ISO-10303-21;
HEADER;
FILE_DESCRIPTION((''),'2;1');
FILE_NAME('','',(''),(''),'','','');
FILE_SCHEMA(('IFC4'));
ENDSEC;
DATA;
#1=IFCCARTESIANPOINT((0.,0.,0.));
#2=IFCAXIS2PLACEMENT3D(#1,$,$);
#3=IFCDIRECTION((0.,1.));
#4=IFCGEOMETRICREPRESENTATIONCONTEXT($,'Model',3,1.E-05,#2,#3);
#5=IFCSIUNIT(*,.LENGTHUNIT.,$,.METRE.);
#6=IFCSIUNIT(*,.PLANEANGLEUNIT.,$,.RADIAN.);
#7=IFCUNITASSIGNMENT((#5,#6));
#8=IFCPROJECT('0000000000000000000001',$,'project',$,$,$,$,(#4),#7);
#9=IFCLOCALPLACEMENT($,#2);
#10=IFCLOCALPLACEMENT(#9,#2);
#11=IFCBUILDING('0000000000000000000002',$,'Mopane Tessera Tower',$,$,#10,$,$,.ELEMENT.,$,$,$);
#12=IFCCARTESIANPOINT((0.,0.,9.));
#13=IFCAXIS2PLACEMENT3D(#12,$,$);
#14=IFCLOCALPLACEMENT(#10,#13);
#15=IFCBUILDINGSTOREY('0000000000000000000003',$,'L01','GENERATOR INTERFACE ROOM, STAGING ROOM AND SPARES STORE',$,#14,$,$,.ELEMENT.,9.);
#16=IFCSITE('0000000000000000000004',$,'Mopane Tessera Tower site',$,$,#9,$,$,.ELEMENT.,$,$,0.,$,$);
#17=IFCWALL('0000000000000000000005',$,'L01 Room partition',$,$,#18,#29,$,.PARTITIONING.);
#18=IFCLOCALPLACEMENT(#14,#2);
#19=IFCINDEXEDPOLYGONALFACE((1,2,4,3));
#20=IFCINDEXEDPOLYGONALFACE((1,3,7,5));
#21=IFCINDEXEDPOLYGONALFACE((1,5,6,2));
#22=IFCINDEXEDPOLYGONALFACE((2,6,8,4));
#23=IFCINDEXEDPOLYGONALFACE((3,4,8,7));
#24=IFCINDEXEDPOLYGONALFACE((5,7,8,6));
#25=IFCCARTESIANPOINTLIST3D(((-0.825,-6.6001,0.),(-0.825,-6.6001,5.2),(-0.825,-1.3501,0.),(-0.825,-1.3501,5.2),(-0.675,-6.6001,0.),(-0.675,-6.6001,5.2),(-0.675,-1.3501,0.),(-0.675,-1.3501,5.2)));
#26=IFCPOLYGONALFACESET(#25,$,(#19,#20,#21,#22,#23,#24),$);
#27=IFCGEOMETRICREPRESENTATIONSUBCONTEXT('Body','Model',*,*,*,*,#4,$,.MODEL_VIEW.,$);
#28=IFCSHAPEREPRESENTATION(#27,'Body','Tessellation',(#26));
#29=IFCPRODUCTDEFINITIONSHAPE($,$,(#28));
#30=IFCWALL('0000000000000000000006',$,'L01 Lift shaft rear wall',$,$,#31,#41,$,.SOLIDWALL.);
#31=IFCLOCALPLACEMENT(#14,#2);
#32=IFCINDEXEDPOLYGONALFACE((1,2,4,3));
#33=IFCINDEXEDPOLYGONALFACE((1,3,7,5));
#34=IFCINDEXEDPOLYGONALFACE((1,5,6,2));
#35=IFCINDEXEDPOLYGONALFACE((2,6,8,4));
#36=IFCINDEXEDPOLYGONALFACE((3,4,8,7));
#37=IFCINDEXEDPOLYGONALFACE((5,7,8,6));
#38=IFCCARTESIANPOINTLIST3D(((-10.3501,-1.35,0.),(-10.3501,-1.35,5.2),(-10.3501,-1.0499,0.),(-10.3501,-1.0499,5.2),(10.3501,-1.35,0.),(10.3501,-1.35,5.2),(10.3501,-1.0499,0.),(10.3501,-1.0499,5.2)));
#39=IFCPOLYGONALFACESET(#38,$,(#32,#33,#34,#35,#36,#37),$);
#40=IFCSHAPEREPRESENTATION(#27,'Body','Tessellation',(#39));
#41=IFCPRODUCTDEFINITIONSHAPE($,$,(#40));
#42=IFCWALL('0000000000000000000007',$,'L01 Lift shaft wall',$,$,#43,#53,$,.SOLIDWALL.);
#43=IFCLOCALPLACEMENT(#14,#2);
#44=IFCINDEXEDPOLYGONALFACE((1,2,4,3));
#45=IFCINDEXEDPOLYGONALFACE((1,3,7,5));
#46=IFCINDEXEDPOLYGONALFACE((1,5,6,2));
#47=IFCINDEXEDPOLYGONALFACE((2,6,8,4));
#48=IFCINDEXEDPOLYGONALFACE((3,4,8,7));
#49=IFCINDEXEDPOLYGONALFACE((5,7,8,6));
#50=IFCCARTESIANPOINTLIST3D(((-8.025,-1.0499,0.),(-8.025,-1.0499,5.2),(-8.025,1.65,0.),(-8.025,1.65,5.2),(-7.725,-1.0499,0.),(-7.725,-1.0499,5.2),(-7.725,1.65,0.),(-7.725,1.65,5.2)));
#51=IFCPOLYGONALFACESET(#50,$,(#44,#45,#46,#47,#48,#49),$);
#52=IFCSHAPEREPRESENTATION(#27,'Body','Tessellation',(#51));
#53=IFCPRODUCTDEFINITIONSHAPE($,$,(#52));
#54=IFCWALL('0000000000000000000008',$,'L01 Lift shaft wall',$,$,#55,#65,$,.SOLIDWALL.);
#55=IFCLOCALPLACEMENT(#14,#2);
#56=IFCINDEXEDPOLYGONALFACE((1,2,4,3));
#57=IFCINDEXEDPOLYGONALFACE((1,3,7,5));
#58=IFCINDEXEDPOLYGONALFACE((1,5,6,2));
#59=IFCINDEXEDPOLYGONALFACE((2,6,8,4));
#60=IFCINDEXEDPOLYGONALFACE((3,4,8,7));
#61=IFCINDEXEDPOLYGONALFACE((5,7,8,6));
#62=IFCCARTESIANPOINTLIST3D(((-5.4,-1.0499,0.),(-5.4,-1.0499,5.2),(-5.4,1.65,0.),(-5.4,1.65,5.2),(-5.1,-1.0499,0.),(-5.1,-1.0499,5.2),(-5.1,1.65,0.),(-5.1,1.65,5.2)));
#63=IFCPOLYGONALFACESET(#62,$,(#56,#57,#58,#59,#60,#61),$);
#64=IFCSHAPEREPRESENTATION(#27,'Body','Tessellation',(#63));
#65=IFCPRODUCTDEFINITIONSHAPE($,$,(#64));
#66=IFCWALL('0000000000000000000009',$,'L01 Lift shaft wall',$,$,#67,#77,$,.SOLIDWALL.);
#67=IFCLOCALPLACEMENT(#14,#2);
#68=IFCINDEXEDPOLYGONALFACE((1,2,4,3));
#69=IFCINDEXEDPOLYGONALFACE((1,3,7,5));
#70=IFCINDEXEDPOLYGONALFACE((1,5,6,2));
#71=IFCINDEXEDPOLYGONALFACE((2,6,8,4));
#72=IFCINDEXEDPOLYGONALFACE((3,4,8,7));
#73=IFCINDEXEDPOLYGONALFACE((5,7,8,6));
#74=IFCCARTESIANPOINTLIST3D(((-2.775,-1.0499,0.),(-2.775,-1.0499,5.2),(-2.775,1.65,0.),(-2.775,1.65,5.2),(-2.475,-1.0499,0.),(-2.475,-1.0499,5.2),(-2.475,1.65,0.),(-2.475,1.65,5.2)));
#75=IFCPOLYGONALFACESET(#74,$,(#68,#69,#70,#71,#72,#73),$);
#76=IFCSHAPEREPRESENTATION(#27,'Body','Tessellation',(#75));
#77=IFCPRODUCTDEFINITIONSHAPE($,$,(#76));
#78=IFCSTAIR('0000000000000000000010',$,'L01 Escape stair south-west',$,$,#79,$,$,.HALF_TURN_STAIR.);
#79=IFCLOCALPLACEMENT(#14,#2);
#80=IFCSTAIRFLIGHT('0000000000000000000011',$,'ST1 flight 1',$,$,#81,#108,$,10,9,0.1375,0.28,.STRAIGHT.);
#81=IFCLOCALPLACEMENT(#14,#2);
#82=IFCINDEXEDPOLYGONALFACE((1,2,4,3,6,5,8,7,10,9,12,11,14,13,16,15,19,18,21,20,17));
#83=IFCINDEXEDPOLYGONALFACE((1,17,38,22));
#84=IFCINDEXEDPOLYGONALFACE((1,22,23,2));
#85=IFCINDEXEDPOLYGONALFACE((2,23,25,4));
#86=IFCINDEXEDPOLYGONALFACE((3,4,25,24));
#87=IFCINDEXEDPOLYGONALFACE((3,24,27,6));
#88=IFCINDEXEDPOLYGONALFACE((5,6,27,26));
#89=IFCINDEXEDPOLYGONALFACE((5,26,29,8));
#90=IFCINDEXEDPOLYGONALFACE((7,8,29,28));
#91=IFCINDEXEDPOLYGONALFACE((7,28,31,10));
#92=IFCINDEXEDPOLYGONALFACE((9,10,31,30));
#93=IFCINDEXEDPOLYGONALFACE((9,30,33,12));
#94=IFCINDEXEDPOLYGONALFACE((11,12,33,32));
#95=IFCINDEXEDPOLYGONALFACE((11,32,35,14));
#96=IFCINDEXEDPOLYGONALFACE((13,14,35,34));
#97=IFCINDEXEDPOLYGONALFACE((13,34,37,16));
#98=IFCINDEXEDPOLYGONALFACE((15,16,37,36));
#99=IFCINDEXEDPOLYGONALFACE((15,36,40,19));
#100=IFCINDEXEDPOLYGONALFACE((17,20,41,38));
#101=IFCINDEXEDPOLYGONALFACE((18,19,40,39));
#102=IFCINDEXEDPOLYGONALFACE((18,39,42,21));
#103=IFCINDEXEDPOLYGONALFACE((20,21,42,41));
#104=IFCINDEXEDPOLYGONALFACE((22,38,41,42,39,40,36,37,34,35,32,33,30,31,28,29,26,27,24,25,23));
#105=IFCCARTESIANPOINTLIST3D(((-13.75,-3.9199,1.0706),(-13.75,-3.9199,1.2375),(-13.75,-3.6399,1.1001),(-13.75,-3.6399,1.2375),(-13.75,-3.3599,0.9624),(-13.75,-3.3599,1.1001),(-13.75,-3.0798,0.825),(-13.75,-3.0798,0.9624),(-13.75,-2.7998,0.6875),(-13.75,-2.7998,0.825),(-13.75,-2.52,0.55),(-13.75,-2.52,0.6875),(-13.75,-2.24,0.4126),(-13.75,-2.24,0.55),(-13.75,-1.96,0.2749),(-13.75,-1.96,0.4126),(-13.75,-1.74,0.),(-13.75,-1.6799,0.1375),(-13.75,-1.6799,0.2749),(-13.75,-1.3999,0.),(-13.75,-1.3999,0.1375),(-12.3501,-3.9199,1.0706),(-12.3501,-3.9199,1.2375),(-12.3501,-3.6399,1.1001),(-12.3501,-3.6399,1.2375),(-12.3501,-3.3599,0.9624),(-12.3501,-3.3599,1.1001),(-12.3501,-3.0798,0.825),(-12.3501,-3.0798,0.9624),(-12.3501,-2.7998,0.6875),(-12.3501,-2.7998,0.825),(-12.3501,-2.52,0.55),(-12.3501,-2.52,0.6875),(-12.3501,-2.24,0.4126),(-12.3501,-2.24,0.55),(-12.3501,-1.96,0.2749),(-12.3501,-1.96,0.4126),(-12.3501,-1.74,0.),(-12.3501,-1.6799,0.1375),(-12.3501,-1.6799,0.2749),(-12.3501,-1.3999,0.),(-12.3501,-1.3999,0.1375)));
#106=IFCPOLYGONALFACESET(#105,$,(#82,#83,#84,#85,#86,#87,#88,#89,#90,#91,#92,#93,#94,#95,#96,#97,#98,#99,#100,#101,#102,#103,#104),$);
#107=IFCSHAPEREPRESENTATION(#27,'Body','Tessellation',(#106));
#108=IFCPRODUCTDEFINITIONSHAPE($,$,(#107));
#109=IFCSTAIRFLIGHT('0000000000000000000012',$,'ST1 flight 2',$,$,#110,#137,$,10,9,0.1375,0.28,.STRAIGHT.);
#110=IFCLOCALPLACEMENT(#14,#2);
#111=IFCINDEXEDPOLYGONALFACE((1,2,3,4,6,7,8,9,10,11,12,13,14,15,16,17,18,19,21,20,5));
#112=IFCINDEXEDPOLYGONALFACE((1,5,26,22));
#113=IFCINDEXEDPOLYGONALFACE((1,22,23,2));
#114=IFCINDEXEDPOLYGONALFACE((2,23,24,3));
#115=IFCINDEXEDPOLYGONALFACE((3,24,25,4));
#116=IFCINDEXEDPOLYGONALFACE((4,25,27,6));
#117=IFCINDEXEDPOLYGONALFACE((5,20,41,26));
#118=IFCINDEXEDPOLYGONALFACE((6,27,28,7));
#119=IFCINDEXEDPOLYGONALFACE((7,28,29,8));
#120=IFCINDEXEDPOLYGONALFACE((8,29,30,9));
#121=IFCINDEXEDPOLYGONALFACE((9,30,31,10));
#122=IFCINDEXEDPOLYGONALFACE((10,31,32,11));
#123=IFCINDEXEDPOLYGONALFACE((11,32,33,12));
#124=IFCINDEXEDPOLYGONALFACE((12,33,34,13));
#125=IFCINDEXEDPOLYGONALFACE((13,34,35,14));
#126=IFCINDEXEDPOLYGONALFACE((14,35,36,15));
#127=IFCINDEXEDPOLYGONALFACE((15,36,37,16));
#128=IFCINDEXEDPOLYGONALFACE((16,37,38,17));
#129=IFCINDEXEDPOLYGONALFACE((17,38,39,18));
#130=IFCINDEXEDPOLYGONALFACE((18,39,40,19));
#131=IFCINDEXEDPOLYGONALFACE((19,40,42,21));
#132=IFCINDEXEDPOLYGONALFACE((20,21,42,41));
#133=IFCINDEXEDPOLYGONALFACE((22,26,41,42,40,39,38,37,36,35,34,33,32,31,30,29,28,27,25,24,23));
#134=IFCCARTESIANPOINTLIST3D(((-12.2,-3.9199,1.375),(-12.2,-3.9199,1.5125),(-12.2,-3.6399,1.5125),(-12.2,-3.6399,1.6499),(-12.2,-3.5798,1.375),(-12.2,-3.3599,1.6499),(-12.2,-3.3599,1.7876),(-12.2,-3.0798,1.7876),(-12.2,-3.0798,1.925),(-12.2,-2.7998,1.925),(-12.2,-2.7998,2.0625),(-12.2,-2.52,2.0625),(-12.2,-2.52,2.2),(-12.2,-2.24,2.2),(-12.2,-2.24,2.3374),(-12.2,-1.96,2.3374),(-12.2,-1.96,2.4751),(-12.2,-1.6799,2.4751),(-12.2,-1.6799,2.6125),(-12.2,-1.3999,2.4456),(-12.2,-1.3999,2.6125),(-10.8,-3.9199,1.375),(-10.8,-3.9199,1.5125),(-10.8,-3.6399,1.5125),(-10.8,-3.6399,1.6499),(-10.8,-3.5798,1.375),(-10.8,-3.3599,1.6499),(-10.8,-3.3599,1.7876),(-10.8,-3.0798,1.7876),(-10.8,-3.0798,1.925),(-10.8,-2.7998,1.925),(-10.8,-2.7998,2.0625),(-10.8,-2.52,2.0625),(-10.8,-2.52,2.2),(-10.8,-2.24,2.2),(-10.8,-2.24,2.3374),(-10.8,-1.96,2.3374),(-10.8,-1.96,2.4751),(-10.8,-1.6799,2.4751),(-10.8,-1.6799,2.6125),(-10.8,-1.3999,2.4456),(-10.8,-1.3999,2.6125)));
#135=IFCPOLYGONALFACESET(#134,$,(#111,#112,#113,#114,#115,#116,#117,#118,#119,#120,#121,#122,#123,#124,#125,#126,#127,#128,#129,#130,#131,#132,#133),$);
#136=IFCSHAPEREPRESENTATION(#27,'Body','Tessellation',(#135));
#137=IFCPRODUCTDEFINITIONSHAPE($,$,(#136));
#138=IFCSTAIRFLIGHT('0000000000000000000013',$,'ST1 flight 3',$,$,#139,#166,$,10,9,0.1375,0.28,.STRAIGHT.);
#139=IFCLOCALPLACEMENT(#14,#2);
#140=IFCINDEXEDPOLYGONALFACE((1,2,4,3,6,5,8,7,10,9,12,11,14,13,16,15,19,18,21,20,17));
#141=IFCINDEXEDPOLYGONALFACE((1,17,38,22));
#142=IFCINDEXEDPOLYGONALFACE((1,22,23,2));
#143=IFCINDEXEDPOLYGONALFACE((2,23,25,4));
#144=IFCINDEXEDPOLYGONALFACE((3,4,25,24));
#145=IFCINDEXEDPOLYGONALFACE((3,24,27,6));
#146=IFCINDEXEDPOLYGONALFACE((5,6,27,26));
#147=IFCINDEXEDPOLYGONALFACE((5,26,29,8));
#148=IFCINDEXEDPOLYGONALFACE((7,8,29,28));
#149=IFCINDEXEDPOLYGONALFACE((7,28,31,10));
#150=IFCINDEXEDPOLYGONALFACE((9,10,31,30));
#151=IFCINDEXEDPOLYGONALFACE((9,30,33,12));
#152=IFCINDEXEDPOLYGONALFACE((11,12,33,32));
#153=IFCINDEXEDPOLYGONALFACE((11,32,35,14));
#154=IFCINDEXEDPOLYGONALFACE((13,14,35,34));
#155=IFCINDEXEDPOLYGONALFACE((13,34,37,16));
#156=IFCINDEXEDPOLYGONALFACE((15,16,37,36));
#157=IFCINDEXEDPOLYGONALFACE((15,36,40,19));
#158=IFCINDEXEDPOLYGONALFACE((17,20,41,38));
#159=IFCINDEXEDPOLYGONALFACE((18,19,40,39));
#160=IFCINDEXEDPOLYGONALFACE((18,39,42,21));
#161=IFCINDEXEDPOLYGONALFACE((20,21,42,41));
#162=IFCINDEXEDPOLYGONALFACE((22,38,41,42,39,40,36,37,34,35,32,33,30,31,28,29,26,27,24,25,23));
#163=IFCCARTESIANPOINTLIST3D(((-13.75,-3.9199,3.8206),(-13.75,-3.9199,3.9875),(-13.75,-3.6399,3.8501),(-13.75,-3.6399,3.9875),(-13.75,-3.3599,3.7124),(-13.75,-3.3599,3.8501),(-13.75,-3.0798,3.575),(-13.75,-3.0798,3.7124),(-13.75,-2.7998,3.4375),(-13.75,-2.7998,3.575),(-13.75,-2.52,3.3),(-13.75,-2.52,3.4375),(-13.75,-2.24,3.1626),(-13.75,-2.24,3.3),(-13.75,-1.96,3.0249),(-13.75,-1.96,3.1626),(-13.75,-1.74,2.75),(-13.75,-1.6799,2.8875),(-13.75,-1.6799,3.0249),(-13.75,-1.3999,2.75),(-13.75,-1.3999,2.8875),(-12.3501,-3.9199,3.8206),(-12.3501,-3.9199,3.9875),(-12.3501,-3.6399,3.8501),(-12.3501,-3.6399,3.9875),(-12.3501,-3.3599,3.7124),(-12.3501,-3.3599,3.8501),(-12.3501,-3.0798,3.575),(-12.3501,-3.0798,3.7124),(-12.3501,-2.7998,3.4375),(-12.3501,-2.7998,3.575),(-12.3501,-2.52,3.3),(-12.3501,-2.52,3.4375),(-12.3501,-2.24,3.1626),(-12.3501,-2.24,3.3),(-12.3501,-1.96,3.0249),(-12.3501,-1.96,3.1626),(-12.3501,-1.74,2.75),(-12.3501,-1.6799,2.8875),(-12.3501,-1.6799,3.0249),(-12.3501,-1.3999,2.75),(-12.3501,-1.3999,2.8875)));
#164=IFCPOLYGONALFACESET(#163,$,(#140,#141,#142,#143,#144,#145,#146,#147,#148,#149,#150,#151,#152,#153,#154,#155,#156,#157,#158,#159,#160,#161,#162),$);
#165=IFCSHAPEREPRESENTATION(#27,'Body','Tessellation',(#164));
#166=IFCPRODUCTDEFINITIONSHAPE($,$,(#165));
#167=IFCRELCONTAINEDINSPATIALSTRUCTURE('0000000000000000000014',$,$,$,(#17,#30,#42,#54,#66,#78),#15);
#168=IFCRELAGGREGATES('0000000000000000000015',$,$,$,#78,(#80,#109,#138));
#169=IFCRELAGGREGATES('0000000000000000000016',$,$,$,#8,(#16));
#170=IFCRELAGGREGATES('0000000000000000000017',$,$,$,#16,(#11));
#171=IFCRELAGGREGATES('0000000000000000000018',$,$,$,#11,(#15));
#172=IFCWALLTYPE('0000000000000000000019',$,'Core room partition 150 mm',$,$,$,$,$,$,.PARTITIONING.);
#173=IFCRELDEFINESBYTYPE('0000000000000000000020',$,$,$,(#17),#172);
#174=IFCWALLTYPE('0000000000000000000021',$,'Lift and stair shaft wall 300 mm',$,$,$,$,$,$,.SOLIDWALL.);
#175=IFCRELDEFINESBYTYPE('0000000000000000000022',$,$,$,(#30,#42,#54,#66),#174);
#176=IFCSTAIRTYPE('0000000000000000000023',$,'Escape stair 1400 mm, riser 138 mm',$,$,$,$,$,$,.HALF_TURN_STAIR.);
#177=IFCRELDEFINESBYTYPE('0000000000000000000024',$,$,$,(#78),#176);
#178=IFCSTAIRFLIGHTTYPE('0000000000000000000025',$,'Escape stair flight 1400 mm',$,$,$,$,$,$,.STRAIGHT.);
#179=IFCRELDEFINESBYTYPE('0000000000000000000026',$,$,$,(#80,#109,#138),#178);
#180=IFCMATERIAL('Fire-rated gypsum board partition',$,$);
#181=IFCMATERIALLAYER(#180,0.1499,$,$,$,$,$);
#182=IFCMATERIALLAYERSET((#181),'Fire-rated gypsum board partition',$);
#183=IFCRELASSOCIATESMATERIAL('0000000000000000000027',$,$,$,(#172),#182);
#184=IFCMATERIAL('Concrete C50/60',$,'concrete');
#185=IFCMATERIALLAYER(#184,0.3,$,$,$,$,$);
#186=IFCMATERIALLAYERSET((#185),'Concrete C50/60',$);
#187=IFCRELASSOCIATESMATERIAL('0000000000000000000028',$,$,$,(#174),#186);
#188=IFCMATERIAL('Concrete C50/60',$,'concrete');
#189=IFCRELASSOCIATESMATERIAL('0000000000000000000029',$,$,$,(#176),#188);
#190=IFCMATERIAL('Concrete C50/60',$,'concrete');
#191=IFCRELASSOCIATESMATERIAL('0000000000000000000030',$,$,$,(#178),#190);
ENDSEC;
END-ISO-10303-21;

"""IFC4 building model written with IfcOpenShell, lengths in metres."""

from ifc_helpers import new_model, si_unit, direction, frame, frame_2d, origin, place, context, subcontext, project, spatial, polyline, rectangle, outline, extrude, material, layer, layer_set, type_object, element, aggregate, save


model = new_model("IFC4")

# Units and contexts
model_context = context("Model", 3, precision=1e-05, world=origin(), true_north=direction((0.0, 1.0)))
body_context = subcontext(model_context, "Body", "Model", "MODEL_VIEW")
ifc_project = project(units=[si_unit("LENGTHUNIT", "METRE"), si_unit("PLANEANGLEUNIT", "RADIAN")], contexts=[model_context])

# Site, building, storey
site_placement = place(None, origin())
site = spatial("IfcSite", under=ifc_project, at=site_placement, Name="Mopane Tessera Tower site", CompositionType="ELEMENT", RefElevation=0.0)
building_placement = place(site_placement, origin())
building = spatial("IfcBuilding", under=site, at=building_placement, Name="Mopane Tessera Tower", CompositionType="ELEMENT")
storey_placement = place(building_placement, frame((0.0, 0.0, 9.0)))
storey = spatial("IfcBuildingStorey", under=building, at=storey_placement, Name="L01", Description="GENERATOR INTERFACE ROOM, STAGING ROOM AND SPARES STORE", CompositionType="ELEMENT", Elevation=9.0)

# Shared definitions
ifc_material_1 = material(Name="Fire-rated gypsum board partition")
ifc_layer_1 = layer(ifc_material_1, 0.1499)
ifc_layer_set_1 = layer_set([ifc_layer_1], Name="Fire-rated gypsum board partition")
wall_type_1 = type_object("IfcWallType", Name="Core room partition 150 mm", PredefinedType="PARTITIONING", material=ifc_layer_set_1)

# Walls
wall_1_placement = place(storey_placement, frame((-0.75, -6.6001, 0.0), z_axis=(0.0, 0.0, 1.0), x_axis=(0.0, 1.0, 0.0)))
element("IfcWall", 1, at=wall_1_placement, inside=storey, type_object=wall_type_1, Name="L01 Room partition", PredefinedType="PARTITIONING", context=body_context, shape_type="SweptSolid", body=[
    extrude(rectangle(XDim=5.25, YDim=0.1499, at=frame_2d((2.625, 0.0))), origin(), (0.0, 0.0, 1.0), 5.2),
])
ifc_material_2 = material(Name="Concrete C50/60", Category="concrete")
ifc_layer_2 = layer(ifc_material_2, 0.3)
ifc_layer_set_2 = layer_set([ifc_layer_2], Name="Concrete C50/60")
wall_type_2 = type_object("IfcWallType", Name="Lift and stair shaft wall 300 mm", PredefinedType="SOLIDWALL", material=ifc_layer_set_2)
wall_2_placement = place(storey_placement, frame((-10.3501, -1.2, 0.0), z_axis=(0.0, 0.0, 1.0), x_axis=(1.0, 0.0, 0.0)))
element("IfcWall", 2, at=wall_2_placement, inside=storey, type_object=wall_type_2, Name="L01 Lift shaft rear wall", PredefinedType="SOLIDWALL", context=body_context, shape_type="SweptSolid", body=[
    extrude(rectangle(XDim=20.7002, YDim=0.3, at=frame_2d((10.3501, 0.0))), origin(), (0.0, 0.0, 1.0), 5.2),
])
for number, where, z_axis, x_axis, name in (
    (3, (-7.875, -1.05, 0.0), (0.0, 0.0, 1.0), (0.0, 1.0, 0.0), "L01 Lift shaft wall"),
    (4, (-5.25, -1.05, 0.0), (0.0, 0.0, 1.0), (0.0, 1.0, 0.0), "L01 Lift shaft wall"),
    (5, (-2.625, -1.05, 0.0), (0.0, 0.0, 1.0), (0.0, 1.0, 0.0), "L01 Lift shaft wall"),
):
    element("IfcWall", number, at=place(storey_placement, frame(where, z_axis=z_axis, x_axis=x_axis)), inside=storey, type_object=wall_type_2, Name=name, PredefinedType="SOLIDWALL", context=body_context, shape_type="SweptSolid", body=[
        extrude(rectangle(XDim=2.7, YDim=0.3, at=frame_2d((1.3501, 0.0))), origin(), (0.0, 0.0, 1.0), 5.2),
    ])

# Stair, stair flights
ifc_material_3 = material(Name="Concrete C50/60", Category="concrete")
stair_type = type_object("IfcStairType", Name="Escape stair 1400 mm, riser 138 mm", PredefinedType="HALF_TURN_STAIR", material=ifc_material_3)
stair_placement = place(storey_placement, origin())
stair = element("IfcStair", 6, at=stair_placement, inside=storey, type_object=stair_type, Name="L01 Escape stair south-west", PredefinedType="HALF_TURN_STAIR")
ifc_material_4 = material(Name="Concrete C50/60", Category="concrete")
stair_flight_type = type_object("IfcStairFlightType", Name="Escape stair flight 1400 mm", PredefinedType="STRAIGHT", material=ifc_material_4)
stair_flight_1_placement = place(storey_placement, frame((-13.05, -1.3999, 0.0), z_axis=(0.0, 0.0, 1.0), x_axis=(0.0, -1.0, 0.0)))
stair_flight_1 = element("IfcStairFlight", 7, at=stair_flight_1_placement, type_object=stair_flight_type, Name="ST1 flight 1", NumberOfRisers=10, NumberOfTreads=9, PredefinedType="STRAIGHT", RiserHeight=0.1375, TreadLength=0.28, context=body_context, shape_type="SweptSolid", body=[
    extrude(outline(polyline([(0.0, 0.0), (0.0, 0.1375), (0.28, 0.1375), (0.28, 0.2749), (0.5601, 0.2749), (0.5601, 0.4126), (0.8401, 0.4126), (0.8401, 0.55), (1.1201, 0.55), (1.1201, 0.6875), (1.3999, 0.6875), (1.3999, 0.825), (1.6799, 0.825), (1.6799, 0.9624), (1.96, 0.9624), (1.96, 1.1001), (2.24, 1.1001), (2.24, 1.2375), (2.52, 1.2375), (2.52, 1.375), (2.52, 1.0706), (0.3401, 0.0), (0.0, 0.0)])), frame((0.0, 0.7, 0.0), z_axis=(0.0, -1.0, 0.0), x_axis=(1.0, 0.0, 0.0)), (0.0, 0.0, 1.0), 1.3999),
])
stair_flight_2_placement = place(storey_placement, frame((-11.5, -3.9199, 1.375), z_axis=(0.0, 0.0, 1.0), x_axis=(0.0, 1.0, 0.0)))
stair_flight_2 = element("IfcStairFlight", 8, at=stair_flight_2_placement, type_object=stair_flight_type, Name="ST1 flight 2", NumberOfRisers=10, NumberOfTreads=9, PredefinedType="STRAIGHT", RiserHeight=0.1375, TreadLength=0.28, context=body_context, shape_type="SweptSolid", body=[
    extrude(outline(polyline([(0.0, 0.0), (0.0, 0.1375), (0.28, 0.1375), (0.28, 0.2749), (0.5601, 0.2749), (0.5601, 0.4126), (0.8401, 0.4126), (0.8401, 0.55), (1.1201, 0.55), (1.1201, 0.6875), (1.3999, 0.6875), (1.3999, 0.825), (1.6799, 0.825), (1.6799, 0.9624), (1.96, 0.9624), (1.96, 1.1001), (2.24, 1.1001), (2.24, 1.2375), (2.52, 1.2375), (2.52, 1.375), (2.52, 1.0706), (0.3401, 0.0), (0.0, 0.0)])), frame((0.0, 0.7, 0.0), z_axis=(0.0, -1.0, 0.0), x_axis=(1.0, 0.0, 0.0)), (0.0, 0.0, 1.0), 1.3999),
])
stair_flight_3_placement = place(storey_placement, frame((-13.05, -1.3999, 2.75), z_axis=(0.0, 0.0, 1.0), x_axis=(0.0, -1.0, 0.0)))
stair_flight_3 = element("IfcStairFlight", 9, at=stair_flight_3_placement, type_object=stair_flight_type, Name="ST1 flight 3", NumberOfRisers=10, NumberOfTreads=9, PredefinedType="STRAIGHT", RiserHeight=0.1375, TreadLength=0.28, context=body_context, shape_type="SweptSolid", body=[
    extrude(outline(polyline([(0.0, 0.0), (0.0, 0.1375), (0.28, 0.1375), (0.28, 0.2749), (0.5601, 0.2749), (0.5601, 0.4126), (0.8401, 0.4126), (0.8401, 0.55), (1.1201, 0.55), (1.1201, 0.6875), (1.3999, 0.6875), (1.3999, 0.825), (1.6799, 0.825), (1.6799, 0.9624), (1.96, 0.9624), (1.96, 1.1001), (2.24, 1.1001), (2.24, 1.2375), (2.52, 1.2375), (2.52, 1.375), (2.52, 1.0706), (0.3401, 0.0), (0.0, 0.0)])), frame((0.0, 0.7, 0.0), z_axis=(0.0, -1.0, 0.0), x_axis=(1.0, 0.0, 0.0)), (0.0, 0.0, 1.0), 1.3999),
])
aggregate(stair, [stair_flight_1, stair_flight_2, stair_flight_3])

save(model, "model.ifc")
